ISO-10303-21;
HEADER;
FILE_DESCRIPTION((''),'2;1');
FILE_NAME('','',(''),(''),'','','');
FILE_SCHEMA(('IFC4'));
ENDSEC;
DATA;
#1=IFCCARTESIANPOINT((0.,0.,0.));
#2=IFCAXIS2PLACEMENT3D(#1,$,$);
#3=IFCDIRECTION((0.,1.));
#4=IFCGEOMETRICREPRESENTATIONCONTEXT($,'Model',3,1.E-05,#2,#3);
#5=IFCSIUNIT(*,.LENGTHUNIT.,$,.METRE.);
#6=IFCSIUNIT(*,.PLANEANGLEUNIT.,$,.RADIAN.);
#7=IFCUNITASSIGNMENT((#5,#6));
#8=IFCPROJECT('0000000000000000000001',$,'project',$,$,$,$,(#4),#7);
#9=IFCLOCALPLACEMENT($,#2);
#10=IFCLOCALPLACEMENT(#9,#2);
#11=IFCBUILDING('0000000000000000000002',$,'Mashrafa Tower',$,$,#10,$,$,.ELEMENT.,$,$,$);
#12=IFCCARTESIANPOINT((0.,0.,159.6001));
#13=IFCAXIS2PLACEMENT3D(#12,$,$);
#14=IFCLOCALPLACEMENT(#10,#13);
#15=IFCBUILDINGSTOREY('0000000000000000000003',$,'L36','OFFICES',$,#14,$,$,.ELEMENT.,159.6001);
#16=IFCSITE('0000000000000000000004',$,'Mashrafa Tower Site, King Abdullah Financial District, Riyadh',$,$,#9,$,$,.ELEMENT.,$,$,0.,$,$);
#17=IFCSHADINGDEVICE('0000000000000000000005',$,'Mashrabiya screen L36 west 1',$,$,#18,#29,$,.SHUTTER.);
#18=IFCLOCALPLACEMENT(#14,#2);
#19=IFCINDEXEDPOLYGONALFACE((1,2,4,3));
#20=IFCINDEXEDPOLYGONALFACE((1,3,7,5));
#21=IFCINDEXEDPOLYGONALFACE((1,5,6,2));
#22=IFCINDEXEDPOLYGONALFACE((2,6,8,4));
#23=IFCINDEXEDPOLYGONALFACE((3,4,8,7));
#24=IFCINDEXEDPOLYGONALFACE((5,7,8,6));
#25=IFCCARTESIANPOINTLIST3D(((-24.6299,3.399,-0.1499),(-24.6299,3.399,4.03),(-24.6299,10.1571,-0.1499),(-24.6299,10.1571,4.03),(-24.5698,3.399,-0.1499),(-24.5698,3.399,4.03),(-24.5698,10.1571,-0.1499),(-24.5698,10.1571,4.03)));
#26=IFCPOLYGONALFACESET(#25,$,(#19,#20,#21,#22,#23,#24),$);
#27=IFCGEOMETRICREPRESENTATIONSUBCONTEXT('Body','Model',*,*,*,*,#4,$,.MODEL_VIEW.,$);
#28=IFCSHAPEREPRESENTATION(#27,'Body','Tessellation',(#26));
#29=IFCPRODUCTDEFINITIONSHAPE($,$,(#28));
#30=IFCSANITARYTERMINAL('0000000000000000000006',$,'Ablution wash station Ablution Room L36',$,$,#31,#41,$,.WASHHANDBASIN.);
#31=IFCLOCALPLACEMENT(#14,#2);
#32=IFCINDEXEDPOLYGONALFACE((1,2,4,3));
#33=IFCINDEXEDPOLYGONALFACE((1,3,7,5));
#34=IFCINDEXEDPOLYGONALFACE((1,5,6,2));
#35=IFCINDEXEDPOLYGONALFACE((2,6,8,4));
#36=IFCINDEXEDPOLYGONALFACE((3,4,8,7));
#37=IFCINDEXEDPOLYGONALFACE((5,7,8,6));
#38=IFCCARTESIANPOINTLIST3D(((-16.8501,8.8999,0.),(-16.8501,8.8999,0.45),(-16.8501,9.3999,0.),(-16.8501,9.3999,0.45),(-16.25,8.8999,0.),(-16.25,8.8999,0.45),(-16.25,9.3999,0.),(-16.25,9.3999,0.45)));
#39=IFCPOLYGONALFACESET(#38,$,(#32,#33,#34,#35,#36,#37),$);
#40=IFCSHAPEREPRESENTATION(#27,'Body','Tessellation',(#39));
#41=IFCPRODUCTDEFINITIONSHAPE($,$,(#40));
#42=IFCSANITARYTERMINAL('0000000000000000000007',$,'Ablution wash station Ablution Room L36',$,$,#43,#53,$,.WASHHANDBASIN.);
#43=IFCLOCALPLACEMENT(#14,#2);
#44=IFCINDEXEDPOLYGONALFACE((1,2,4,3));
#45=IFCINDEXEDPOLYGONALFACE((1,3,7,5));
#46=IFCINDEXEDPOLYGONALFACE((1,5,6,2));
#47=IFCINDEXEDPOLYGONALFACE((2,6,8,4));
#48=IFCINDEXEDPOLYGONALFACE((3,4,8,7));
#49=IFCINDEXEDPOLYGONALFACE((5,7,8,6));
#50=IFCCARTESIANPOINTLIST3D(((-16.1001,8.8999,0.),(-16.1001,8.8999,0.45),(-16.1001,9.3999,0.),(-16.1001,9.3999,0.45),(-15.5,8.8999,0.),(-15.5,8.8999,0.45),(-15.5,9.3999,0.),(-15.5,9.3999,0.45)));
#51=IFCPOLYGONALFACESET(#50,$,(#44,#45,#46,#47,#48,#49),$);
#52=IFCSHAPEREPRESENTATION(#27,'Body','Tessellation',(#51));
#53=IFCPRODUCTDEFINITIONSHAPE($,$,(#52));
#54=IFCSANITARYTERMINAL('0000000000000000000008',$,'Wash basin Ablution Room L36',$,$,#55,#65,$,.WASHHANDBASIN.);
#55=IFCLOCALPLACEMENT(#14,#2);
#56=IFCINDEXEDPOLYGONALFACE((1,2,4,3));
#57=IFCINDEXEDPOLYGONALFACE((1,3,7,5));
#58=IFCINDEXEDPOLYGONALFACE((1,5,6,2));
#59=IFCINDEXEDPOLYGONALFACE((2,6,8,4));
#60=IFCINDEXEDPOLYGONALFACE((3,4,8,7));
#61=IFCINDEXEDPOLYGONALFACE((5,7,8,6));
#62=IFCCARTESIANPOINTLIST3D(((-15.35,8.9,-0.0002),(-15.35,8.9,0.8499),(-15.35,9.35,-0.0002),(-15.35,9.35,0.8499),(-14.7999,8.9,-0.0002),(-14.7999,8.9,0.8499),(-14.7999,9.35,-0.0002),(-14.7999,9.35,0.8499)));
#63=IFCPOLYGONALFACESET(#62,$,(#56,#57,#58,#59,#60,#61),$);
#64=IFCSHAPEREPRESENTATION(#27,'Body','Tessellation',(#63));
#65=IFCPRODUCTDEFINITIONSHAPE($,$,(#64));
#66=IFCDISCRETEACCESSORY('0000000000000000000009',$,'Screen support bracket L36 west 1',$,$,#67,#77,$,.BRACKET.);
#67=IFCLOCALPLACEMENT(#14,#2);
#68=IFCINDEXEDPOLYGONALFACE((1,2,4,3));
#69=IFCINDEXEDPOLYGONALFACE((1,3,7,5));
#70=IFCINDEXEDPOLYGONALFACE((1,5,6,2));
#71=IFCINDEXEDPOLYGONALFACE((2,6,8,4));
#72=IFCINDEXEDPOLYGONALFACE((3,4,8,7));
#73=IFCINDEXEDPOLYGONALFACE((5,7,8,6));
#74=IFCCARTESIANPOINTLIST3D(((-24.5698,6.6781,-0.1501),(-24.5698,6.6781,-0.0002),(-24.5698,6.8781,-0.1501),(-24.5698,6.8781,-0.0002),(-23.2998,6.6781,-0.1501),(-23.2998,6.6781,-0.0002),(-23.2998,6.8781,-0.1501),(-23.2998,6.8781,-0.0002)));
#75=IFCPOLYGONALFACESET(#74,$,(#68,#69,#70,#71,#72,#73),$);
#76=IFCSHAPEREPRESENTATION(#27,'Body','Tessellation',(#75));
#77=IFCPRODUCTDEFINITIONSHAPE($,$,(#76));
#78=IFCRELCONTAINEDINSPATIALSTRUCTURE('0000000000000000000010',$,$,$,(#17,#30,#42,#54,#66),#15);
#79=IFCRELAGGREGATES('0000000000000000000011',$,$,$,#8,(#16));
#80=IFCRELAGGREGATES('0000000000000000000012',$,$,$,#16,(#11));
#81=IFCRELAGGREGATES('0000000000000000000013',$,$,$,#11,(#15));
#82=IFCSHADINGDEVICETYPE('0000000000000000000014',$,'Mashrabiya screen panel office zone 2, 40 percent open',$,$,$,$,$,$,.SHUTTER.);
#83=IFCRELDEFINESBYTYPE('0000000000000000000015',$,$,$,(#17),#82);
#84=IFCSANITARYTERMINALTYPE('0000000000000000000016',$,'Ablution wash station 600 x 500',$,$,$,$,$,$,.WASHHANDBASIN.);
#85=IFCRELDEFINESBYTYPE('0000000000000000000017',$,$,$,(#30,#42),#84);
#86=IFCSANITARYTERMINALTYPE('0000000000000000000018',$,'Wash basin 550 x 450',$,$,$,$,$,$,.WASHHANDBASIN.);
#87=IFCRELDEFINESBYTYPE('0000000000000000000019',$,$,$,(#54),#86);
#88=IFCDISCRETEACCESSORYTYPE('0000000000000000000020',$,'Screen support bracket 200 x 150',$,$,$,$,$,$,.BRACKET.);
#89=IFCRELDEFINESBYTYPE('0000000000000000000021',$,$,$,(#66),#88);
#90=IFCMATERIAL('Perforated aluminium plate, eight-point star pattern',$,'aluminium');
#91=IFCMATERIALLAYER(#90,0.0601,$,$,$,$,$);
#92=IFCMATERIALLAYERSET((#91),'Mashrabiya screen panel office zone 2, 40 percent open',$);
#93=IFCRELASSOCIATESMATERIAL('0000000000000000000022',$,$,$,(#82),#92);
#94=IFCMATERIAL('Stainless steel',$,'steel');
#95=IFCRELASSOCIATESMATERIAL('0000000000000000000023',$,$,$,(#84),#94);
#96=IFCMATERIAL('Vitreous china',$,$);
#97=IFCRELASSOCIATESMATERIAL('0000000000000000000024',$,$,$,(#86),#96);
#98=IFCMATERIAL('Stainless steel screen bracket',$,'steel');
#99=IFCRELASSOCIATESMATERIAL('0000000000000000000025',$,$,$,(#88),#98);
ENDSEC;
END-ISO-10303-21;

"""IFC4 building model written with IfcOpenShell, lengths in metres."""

from ifc_helpers import new_model, si_unit, direction, frame, origin, origin_2d, place, context, subcontext, project, spatial, rectangle, extrude, source, transform, mapped, material, layer, layer_set, type_object, type_shapes, element, save


model = new_model("IFC4")

# Units and contexts
model_context = context("Model", 3, precision=1e-05, world=origin(), true_north=direction((0.0, 1.0)))
body_context = subcontext(model_context, "Body", "Model", "MODEL_VIEW")
ifc_project = project(units=[si_unit("LENGTHUNIT", "METRE"), si_unit("PLANEANGLEUNIT", "RADIAN")], contexts=[model_context])

# Site, building, storey
site_placement = place(None, origin())
site = spatial("IfcSite", under=ifc_project, at=site_placement, Name="Mashrafa Tower Site, King Abdullah Financial District, Riyadh", CompositionType="ELEMENT", RefElevation=0.0)
building_placement = place(site_placement, origin())
building = spatial("IfcBuilding", under=site, at=building_placement, Name="Mashrafa Tower", CompositionType="ELEMENT")
storey_placement = place(building_placement, frame((0.0, 0.0, 159.6001)))
storey = spatial("IfcBuildingStorey", under=building, at=storey_placement, Name="L36", Description="OFFICES", CompositionType="ELEMENT", Elevation=159.6001)

# Shading device
ifc_material_1 = material(Name="Perforated aluminium plate, eight-point star pattern", Category="aluminium")
ifc_layer_1 = layer(ifc_material_1, 0.0601)
ifc_layer_set_1 = layer_set([ifc_layer_1], Name="Mashrabiya screen panel office zone 2, 40 percent open")
shading_device_type = type_object("IfcShadingDeviceType", Name="Mashrabiya screen panel office zone 2, 40 percent open", PredefinedType="SHUTTER", material=ifc_layer_set_1)
shared_shape_1 = source(origin(), body_context, "Body", "SweptSolid", [
    extrude(rectangle(XDim=6.7581, YDim=0.0601, at=origin_2d()), origin(), (0.0, 0.0, 1.0), 4.1799),
])
type_shapes(shading_device_type, [shared_shape_1])
shading_device_placement = place(storey_placement, frame((-24.5999, 6.7781, -0.1499), z_axis=(0.0, 0.0, 1.0), x_axis=(0.0, -1.0, 0.0)))
element("IfcShadingDevice", 1, at=shading_device_placement, inside=storey, type_object=shading_device_type, Name="Mashrabiya screen L36 west 1", PredefinedType="SHUTTER", context=body_context, shape_type="MappedRepresentation", body=[
    mapped(shared_shape_1, transform((0.0, 0.0, 0.0))),
])

# Sanitary terminals
ifc_material_2 = material(Name="Stainless steel", Category="steel")
sanitary_terminal_type_1 = type_object("IfcSanitaryTerminalType", Name="Ablution wash station 600 x 500", PredefinedType="WASHHANDBASIN", material=ifc_material_2)
for number, where, z_axis, x_axis, name in (
    (2, (-16.55, 9.1499, 0.0), (0.0, 0.0, 1.0), (1.0, 0.0, 0.0), "Ablution wash station Ablution Room L36"),
    (3, (-15.8, 9.1499, 0.0), (0.0, 0.0, 1.0), (1.0, 0.0, 0.0), "Ablution wash station Ablution Room L36"),
):
    element("IfcSanitaryTerminal", number, at=place(storey_placement, frame(where, z_axis=z_axis, x_axis=x_axis)), inside=storey, type_object=sanitary_terminal_type_1, Name=name, PredefinedType="WASHHANDBASIN", context=body_context, shape_type="SweptSolid", body=[
        extrude(rectangle(XDim=0.6001, YDim=0.5, at=origin_2d()), origin(), (0.0, 0.0, 1.0), 0.45),
    ])
ifc_material_3 = material(Name="Vitreous china")
sanitary_terminal_type_2 = type_object("IfcSanitaryTerminalType", Name="Wash basin 550 x 450", PredefinedType="WASHHANDBASIN", material=ifc_material_3)
sanitary_terminal_placement = place(storey_placement, frame((-15.075, 9.125, -0.0002), z_axis=(0.0, 0.0, 1.0), x_axis=(1.0, 0.0, 0.0)))
element("IfcSanitaryTerminal", 4, at=sanitary_terminal_placement, inside=storey, type_object=sanitary_terminal_type_2, Name="Wash basin Ablution Room L36", PredefinedType="WASHHANDBASIN", context=body_context, shape_type="SweptSolid", body=[
    extrude(rectangle(XDim=0.55, YDim=0.45, at=origin_2d()), origin(), (0.0, 0.0, 1.0), 0.8501),
])

# Discrete accessory
ifc_material_4 = material(Name="Stainless steel screen bracket", Category="steel")
discrete_accessory_type = type_object("IfcDiscreteAccessoryType", Name="Screen support bracket 200 x 150", PredefinedType="BRACKET", material=ifc_material_4)
shared_shape_2 = source(origin(), body_context, "Body", "SweptSolid", [
    extrude(rectangle(XDim=0.2, YDim=1.27, at=origin_2d()), origin(), (0.0, 0.0, 1.0), 0.1499),
])
type_shapes(discrete_accessory_type, [shared_shape_2])
discrete_accessory_placement = place(storey_placement, frame((-23.9348, 6.7781, -0.1501), z_axis=(0.0, 0.0, 1.0), x_axis=(0.0, -1.0, 0.0)))
element("IfcDiscreteAccessory", 5, at=discrete_accessory_placement, inside=storey, type_object=discrete_accessory_type, Name="Screen support bracket L36 west 1", PredefinedType="BRACKET", context=body_context, shape_type="MappedRepresentation", body=[
    mapped(shared_shape_2, transform((0.0, 0.0, 0.0))),
])

save(model, "model.ifc")
